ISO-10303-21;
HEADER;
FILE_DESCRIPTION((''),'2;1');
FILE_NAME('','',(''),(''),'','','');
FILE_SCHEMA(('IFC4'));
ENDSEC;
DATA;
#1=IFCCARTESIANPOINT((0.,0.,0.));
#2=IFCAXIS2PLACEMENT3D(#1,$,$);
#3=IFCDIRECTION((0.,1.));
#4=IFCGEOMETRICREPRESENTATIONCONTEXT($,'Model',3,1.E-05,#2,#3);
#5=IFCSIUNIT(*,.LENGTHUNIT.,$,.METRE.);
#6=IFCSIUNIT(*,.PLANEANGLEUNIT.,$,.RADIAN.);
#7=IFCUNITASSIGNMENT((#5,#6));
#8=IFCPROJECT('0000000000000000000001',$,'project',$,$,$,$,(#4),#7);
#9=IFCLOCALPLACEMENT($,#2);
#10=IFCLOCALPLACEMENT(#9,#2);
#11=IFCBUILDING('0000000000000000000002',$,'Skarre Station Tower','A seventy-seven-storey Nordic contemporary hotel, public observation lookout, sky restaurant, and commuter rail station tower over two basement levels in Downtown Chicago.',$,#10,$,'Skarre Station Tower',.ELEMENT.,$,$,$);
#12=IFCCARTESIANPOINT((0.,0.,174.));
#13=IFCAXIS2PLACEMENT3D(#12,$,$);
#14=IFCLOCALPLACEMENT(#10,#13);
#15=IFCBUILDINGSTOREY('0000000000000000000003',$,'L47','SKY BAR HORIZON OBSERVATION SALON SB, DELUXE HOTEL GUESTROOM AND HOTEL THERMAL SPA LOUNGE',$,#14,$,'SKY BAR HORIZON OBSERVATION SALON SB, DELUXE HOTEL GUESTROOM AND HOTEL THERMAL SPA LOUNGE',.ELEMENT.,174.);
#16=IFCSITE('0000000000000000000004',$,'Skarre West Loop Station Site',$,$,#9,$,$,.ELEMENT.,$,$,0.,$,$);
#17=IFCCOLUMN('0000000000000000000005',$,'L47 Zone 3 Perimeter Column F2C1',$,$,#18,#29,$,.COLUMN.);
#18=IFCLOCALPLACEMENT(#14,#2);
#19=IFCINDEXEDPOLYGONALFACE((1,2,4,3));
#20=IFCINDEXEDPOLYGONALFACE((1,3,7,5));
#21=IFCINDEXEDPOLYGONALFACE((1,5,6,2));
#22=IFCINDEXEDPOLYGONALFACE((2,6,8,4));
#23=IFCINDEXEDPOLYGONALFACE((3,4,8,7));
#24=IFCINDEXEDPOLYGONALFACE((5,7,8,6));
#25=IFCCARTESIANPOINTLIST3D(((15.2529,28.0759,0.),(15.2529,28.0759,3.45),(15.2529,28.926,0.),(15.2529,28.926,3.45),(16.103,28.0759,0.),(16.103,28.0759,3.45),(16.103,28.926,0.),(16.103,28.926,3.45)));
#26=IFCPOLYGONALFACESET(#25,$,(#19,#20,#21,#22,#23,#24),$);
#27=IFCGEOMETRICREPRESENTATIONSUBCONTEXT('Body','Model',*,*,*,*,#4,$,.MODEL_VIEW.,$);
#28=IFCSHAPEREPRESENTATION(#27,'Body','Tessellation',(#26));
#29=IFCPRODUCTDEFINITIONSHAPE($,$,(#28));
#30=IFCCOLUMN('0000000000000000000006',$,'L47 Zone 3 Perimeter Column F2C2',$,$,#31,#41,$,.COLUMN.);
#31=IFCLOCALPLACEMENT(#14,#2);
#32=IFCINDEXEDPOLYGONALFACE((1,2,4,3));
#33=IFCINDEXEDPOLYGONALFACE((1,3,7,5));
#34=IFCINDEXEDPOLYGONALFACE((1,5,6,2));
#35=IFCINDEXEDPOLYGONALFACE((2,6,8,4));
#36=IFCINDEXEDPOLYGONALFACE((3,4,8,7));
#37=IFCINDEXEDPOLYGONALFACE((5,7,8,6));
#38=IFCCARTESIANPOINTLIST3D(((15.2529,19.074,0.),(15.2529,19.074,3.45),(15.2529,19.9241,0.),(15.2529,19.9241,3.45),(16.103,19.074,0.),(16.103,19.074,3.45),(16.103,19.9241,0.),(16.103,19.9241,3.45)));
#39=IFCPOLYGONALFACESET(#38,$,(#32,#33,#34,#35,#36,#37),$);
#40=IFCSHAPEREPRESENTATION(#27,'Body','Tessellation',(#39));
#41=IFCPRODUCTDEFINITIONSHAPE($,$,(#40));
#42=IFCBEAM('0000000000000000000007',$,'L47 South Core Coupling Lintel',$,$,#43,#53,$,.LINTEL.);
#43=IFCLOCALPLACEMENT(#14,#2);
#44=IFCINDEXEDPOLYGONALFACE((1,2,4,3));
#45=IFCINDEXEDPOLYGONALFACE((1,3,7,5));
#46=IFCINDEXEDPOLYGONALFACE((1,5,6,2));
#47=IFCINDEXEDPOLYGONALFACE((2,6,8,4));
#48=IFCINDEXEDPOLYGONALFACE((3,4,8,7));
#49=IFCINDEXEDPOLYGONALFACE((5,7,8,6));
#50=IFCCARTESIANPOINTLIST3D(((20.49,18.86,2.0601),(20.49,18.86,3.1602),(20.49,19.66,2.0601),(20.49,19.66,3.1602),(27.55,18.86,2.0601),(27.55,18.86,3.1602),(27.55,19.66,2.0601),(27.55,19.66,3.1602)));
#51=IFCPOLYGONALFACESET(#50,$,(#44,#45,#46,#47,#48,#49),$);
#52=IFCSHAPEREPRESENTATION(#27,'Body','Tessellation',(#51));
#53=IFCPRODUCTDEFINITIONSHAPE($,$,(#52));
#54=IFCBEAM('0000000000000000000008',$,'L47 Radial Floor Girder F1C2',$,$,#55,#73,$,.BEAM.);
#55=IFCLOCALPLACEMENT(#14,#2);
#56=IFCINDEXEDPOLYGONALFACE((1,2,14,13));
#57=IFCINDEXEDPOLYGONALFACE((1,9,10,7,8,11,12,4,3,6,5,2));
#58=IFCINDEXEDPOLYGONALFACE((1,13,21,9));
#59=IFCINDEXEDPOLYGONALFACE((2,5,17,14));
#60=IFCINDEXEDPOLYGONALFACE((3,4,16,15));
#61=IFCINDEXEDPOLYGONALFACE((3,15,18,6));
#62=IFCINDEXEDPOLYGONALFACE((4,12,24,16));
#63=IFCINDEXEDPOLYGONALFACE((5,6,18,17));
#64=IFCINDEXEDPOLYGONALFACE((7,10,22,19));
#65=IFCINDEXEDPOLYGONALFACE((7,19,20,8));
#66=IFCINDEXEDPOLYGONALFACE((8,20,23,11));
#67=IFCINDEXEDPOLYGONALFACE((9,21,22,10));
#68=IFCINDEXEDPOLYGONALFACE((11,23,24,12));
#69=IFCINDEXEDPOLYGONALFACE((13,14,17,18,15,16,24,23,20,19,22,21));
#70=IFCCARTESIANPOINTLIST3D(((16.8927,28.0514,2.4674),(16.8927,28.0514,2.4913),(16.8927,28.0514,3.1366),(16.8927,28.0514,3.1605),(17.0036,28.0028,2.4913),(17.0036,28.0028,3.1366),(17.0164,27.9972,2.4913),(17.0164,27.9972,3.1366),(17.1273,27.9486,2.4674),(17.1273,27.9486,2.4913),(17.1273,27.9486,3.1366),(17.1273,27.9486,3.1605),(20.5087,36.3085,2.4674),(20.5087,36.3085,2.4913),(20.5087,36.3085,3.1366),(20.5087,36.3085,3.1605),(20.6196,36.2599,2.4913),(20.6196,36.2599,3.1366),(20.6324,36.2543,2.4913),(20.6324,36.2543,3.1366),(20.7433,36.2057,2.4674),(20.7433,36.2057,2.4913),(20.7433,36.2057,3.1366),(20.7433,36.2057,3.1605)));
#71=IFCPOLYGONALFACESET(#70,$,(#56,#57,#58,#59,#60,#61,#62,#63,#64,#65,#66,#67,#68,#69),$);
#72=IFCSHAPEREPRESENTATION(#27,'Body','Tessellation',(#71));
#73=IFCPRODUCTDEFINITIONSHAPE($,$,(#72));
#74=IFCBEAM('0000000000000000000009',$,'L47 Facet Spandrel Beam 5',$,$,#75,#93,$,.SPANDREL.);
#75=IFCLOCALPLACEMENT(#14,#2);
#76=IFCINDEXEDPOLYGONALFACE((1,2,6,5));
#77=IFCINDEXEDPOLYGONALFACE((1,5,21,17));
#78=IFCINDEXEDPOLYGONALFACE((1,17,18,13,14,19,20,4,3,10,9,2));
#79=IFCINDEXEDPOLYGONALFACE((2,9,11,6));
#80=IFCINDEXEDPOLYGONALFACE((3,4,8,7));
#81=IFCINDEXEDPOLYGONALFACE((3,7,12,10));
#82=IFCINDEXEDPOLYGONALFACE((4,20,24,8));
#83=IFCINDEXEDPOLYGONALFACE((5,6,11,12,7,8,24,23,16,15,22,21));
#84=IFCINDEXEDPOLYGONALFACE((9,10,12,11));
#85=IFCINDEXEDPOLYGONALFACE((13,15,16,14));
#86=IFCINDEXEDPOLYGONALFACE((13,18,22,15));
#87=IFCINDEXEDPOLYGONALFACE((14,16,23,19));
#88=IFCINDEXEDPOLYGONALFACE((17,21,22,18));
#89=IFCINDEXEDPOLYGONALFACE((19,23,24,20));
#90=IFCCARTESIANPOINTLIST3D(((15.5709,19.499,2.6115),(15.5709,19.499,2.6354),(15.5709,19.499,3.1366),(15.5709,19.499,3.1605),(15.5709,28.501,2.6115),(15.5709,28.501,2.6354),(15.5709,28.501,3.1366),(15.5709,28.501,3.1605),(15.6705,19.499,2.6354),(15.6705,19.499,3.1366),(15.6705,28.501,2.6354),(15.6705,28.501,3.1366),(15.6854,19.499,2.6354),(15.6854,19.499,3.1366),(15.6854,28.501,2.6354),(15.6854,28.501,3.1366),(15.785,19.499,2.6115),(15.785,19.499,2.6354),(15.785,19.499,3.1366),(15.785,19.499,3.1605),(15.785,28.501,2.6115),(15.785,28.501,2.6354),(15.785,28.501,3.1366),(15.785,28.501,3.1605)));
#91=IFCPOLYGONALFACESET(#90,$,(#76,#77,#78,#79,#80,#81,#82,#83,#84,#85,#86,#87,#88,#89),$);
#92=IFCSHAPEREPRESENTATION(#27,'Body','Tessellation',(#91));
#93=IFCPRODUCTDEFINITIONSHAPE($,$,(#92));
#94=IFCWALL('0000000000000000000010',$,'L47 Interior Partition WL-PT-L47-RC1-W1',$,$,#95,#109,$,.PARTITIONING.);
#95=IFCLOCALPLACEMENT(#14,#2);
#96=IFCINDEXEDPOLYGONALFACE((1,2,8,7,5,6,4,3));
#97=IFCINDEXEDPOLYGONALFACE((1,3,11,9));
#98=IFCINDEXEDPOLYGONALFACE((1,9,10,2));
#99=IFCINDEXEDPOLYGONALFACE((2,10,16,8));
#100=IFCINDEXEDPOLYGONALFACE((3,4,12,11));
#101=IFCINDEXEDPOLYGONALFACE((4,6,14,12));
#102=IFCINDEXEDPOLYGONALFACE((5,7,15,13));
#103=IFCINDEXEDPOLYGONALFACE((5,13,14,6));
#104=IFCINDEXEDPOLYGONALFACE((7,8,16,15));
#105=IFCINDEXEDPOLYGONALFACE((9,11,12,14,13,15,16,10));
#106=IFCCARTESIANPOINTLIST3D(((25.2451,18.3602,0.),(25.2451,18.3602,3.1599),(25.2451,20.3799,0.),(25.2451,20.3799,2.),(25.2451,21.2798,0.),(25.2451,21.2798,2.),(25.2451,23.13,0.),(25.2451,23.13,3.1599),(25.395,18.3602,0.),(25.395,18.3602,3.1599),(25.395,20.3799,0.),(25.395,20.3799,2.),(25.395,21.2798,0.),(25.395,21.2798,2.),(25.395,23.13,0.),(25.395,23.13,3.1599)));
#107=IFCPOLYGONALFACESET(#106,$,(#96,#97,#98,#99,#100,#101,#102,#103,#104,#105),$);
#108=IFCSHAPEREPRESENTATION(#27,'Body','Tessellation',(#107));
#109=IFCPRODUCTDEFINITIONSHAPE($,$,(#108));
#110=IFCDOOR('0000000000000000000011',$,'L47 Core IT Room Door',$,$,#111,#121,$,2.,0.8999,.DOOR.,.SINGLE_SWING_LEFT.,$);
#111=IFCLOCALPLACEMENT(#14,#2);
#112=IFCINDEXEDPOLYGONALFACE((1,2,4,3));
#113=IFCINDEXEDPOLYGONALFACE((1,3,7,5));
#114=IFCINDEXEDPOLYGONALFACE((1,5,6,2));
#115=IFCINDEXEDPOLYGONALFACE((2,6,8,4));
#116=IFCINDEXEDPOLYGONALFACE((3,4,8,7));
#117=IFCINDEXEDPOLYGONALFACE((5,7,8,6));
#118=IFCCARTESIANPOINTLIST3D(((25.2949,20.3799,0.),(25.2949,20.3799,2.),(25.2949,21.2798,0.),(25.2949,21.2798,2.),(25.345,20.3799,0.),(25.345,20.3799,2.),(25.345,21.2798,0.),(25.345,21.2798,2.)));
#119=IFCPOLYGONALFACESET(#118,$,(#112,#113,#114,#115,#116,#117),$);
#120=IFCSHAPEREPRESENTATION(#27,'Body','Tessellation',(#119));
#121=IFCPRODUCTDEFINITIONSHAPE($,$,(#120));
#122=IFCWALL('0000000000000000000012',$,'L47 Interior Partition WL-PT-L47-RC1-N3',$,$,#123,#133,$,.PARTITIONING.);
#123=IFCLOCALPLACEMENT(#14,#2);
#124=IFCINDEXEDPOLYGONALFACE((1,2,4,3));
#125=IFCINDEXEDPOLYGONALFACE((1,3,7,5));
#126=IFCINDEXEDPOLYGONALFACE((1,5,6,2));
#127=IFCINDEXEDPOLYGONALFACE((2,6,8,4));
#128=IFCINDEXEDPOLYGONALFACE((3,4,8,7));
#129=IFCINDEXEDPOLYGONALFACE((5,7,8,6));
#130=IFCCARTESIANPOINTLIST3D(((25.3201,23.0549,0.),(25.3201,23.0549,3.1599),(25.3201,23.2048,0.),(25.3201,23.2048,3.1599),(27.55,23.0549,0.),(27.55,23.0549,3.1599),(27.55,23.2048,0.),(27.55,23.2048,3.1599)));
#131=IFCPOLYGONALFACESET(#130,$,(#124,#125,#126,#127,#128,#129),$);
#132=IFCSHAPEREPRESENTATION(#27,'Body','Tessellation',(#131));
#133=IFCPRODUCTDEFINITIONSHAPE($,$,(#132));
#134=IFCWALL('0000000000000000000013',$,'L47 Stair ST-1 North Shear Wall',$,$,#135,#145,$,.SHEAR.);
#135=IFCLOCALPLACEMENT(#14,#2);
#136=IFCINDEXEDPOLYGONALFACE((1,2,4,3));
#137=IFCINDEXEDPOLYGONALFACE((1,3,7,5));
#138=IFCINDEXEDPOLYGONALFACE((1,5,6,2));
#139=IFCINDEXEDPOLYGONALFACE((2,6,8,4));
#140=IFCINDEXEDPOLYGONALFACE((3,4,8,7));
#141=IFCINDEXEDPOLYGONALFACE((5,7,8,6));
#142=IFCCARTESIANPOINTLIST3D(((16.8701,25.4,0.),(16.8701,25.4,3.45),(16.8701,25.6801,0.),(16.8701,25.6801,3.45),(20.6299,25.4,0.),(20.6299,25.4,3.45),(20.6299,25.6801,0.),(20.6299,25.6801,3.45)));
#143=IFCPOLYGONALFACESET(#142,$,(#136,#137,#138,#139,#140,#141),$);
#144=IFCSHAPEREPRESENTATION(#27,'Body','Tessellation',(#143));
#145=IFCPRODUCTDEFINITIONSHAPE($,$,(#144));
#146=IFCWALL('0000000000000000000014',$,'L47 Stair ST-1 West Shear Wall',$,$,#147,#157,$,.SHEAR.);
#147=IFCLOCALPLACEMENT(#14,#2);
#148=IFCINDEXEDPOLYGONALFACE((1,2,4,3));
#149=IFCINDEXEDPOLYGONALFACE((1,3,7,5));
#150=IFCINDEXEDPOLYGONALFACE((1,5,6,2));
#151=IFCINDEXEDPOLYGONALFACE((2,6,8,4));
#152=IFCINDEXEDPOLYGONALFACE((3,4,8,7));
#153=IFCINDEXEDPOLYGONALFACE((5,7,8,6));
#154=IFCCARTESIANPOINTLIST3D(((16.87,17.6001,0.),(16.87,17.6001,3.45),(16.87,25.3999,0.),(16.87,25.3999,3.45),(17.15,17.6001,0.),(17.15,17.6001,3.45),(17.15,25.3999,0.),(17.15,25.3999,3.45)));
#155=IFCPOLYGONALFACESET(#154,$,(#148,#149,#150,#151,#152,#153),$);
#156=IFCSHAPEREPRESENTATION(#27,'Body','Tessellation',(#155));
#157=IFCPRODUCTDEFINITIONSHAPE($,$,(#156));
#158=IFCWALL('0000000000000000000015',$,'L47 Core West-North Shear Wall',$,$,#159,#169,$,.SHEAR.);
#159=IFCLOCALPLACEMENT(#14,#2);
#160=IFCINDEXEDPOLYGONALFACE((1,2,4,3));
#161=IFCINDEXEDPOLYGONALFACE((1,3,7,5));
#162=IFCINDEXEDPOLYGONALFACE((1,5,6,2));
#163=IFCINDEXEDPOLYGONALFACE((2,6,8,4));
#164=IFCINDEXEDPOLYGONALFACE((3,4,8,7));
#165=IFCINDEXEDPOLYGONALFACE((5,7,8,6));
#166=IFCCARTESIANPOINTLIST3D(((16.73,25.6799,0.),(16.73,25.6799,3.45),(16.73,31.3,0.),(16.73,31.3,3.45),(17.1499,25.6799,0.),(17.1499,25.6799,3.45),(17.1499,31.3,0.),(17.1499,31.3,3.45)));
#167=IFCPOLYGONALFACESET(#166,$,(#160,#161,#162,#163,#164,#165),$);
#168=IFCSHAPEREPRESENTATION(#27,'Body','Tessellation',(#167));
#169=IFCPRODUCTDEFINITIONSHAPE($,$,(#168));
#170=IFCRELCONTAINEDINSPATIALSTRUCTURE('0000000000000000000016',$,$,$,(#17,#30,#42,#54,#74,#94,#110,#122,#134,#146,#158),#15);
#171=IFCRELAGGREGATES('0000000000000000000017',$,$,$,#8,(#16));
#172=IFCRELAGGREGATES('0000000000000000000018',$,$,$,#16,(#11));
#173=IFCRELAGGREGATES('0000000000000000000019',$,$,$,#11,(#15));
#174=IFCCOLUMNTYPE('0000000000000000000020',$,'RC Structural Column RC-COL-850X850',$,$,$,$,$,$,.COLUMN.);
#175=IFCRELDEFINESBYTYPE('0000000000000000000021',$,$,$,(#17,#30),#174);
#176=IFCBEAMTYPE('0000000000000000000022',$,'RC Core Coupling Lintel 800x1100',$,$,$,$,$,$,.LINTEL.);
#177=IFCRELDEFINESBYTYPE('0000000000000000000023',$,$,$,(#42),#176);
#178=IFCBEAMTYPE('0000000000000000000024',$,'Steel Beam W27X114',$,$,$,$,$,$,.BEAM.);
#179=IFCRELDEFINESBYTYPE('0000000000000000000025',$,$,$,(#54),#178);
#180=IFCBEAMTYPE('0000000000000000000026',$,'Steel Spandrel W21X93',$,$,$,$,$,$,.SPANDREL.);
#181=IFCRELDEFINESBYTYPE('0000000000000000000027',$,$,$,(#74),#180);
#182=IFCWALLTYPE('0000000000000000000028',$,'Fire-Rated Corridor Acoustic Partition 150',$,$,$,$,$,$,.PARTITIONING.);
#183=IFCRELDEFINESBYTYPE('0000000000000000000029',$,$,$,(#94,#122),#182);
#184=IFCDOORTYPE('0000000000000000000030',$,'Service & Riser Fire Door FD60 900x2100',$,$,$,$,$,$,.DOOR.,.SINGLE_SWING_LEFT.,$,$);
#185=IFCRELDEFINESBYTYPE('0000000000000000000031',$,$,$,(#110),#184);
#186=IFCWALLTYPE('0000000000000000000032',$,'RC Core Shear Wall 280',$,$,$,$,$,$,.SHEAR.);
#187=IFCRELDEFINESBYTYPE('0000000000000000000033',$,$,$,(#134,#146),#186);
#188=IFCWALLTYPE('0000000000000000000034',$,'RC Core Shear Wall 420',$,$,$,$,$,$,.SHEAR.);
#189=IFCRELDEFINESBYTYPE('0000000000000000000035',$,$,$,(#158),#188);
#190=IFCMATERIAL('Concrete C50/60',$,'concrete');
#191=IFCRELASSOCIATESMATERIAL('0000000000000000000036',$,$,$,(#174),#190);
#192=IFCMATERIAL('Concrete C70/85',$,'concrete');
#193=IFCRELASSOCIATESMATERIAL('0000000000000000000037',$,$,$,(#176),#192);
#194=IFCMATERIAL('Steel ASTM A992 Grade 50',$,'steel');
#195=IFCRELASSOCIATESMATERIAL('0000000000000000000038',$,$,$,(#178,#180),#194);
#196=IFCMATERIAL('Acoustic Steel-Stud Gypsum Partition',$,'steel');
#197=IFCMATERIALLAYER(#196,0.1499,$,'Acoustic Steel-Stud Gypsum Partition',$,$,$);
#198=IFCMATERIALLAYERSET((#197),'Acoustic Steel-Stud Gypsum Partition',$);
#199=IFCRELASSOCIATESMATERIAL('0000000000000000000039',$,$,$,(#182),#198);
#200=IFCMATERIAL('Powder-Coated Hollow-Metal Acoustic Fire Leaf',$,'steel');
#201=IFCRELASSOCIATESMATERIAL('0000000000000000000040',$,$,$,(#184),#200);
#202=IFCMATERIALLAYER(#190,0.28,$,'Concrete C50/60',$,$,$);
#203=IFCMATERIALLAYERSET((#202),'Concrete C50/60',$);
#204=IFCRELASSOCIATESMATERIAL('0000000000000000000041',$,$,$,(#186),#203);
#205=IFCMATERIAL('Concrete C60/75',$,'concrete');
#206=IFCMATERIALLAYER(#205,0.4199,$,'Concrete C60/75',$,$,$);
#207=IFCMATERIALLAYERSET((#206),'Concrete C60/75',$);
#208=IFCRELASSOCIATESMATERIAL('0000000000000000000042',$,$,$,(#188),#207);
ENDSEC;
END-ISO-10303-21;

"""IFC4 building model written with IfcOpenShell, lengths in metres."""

from ifc_helpers import new_model, si_unit, direction, frame, frame_2d, origin, origin_2d, place, context, subcontext, project, spatial, rectangle, i_section, extrude, material, layer, layer_set, material_profile, profile_set, type_object, element, fill, save


model = new_model("IFC4")

# Units and contexts
model_context = context("Model", 3, precision=1e-05, world=origin(), true_north=direction((0.0, 1.0)))
body_context = subcontext(model_context, "Body", "Model", "MODEL_VIEW")
ifc_project = project(units=[si_unit("LENGTHUNIT", "METRE"), si_unit("PLANEANGLEUNIT", "RADIAN")], contexts=[model_context])

# Site, building, storey
site_placement = place(None, origin())
site = spatial("IfcSite", under=ifc_project, at=site_placement, Name="Skarre West Loop Station Site", CompositionType="ELEMENT", RefElevation=0.0)
building_placement = place(site_placement, origin())
building = spatial("IfcBuilding", under=site, at=building_placement, Name="Skarre Station Tower", Description="A seventy-seven-storey Nordic contemporary hotel, public observation lookout, sky restaurant, and commuter rail station tower over two basement levels in Downtown Chicago.", LongName="Skarre Station Tower", CompositionType="ELEMENT")
storey_placement = place(building_placement, frame((0.0, 0.0, 174.0)))
storey = spatial("IfcBuildingStorey", under=building, at=storey_placement, Name="L47", Description="SKY BAR HORIZON OBSERVATION SALON SB, DELUXE HOTEL GUESTROOM AND HOTEL THERMAL SPA LOUNGE", LongName="SKY BAR HORIZON OBSERVATION SALON SB, DELUXE HOTEL GUESTROOM AND HOTEL THERMAL SPA LOUNGE", CompositionType="ELEMENT", Elevation=174.0)

# Columns
ifc_material_1 = material(Name="Concrete C50/60", Category="concrete")
ifc_material_profile_1 = material_profile(ifc_material_1, rectangle(XDim=0.8501, YDim=0.8501, at=origin_2d()), Name="Concrete C50/60")
ifc_profile_set_1 = profile_set([ifc_material_profile_1], Name="Concrete C50/60")
column_type = type_object("IfcColumnType", Name="RC Structural Column RC-COL-850X850", PredefinedType="COLUMN", material=ifc_profile_set_1)
for number, where, z_axis, x_axis, name in (
    (1, (15.678, 28.501, 0.0), (0.0, 0.0, 1.0), (1.0, 0.0, 0.0), "L47 Zone 3 Perimeter Column F2C1"),
    (2, (15.678, 19.499, 0.0), (0.0, 0.0, 1.0), (1.0, 0.0, 0.0), "L47 Zone 3 Perimeter Column F2C2"),
):
    element("IfcColumn", number, at=place(storey_placement, frame(where, z_axis=z_axis, x_axis=x_axis)), inside=storey, type_object=column_type, Name=name, PredefinedType="COLUMN", context=body_context, shape_type="SweptSolid", body=[
        extrude(rectangle(XDim=0.8501, YDim=0.8501, at=origin_2d()), origin(), (0.0, 0.0, 1.0), 3.45),
    ])

# Beams
ifc_material_2 = material(Name="Concrete C70/85", Category="concrete")
ifc_material_profile_2 = material_profile(ifc_material_2, rectangle(XDim=0.8, YDim=1.1001, at=origin_2d()), Name="Concrete C70/85")
ifc_profile_set_2 = profile_set([ifc_material_profile_2], Name="Concrete C70/85")
beam_type_1 = type_object("IfcBeamType", Name="RC Core Coupling Lintel 800x1100", PredefinedType="LINTEL", material=ifc_profile_set_2)
beam_1_placement = place(storey_placement, frame((20.49, 19.26, 2.6101), z_axis=(1.0, 0.0, 0.0), x_axis=(0.0, 1.0, 0.0)))
element("IfcBeam", 3, at=beam_1_placement, inside=storey, type_object=beam_type_1, Name="L47 South Core Coupling Lintel", PredefinedType="LINTEL", context=body_context, shape_type="SweptSolid", body=[
    extrude(rectangle(XDim=0.8, YDim=1.1001, at=origin_2d()), origin(), (0.0, 0.0, 1.0), 7.0601),
])
ifc_material_3 = material(Name="Steel ASTM A992 Grade 50", Category="steel")
ifc_material_profile_3 = material_profile(ifc_material_3, i_section(OverallWidth=0.2561, OverallDepth=0.6931, WebThickness=0.0139, FlangeThickness=0.0239, at=origin_2d()), Name="Steel ASTM A992 Grade 50")
ifc_profile_set_3 = profile_set([ifc_material_profile_3], Name="Steel ASTM A992 Grade 50")
beam_type_2 = type_object("IfcBeamType", Name="Steel Beam W27X114", PredefinedType="BEAM", material=ifc_profile_set_3)
beam_2_placement = place(storey_placement, frame((17.01, 28.0, 2.814), z_axis=(0.401144, 0.916015, 0.0), x_axis=(-0.916015, 0.401144, 0.0)))
element("IfcBeam", 4, at=beam_2_placement, inside=storey, type_object=beam_type_2, Name="L47 Radial Floor Girder F1C2", PredefinedType="BEAM", context=body_context, shape_type="SweptSolid", body=[
    extrude(i_section(OverallWidth=0.2561, OverallDepth=0.6931, WebThickness=0.0139, FlangeThickness=0.0239, at=origin_2d()), origin(), (0.0, 0.0, 1.0), 9.0142),
])
ifc_material_profile_4 = material_profile(ifc_material_3, i_section(OverallWidth=0.2141, OverallDepth=0.5491, WebThickness=0.0149, FlangeThickness=0.0239, at=origin_2d()), Name="Steel ASTM A992 Grade 50")
ifc_profile_set_4 = profile_set([ifc_material_profile_4], Name="Steel ASTM A992 Grade 50")
beam_type_3 = type_object("IfcBeamType", Name="Steel Spandrel W21X93", PredefinedType="SPANDREL", material=ifc_profile_set_4)
beam_3_placement = place(storey_placement, frame((15.678, 28.501, 2.886), z_axis=(0.0, -1.0, 0.0), x_axis=(1.0, 0.0, 0.0)))
element("IfcBeam", 5, at=beam_3_placement, inside=storey, type_object=beam_type_3, Name="L47 Facet Spandrel Beam 5", PredefinedType="SPANDREL", context=body_context, shape_type="SweptSolid", body=[
    extrude(i_section(OverallWidth=0.2141, OverallDepth=0.5491, WebThickness=0.0149, FlangeThickness=0.0239, at=origin_2d()), origin(), (0.0, 0.0, 1.0), 9.002),
])

# Wall, opening, door
ifc_material_4 = material(Name="Acoustic Steel-Stud Gypsum Partition", Category="steel")
ifc_layer_1 = layer(ifc_material_4, 0.1499, Name="Acoustic Steel-Stud Gypsum Partition")
ifc_layer_set_1 = layer_set([ifc_layer_1], Name="Acoustic Steel-Stud Gypsum Partition")
wall_type_1 = type_object("IfcWallType", Name="Fire-Rated Corridor Acoustic Partition 150", PredefinedType="PARTITIONING", material=ifc_layer_set_1)
wall_1_placement = place(storey_placement, frame((25.3201, 23.1299, 0.0), z_axis=(0.0, 0.0, 1.0), x_axis=(0.0, -1.0, 0.0)))
wall_1 = element("IfcWall", 6, at=wall_1_placement, inside=storey, type_object=wall_type_1, Name="L47 Interior Partition WL-PT-L47-RC1-W1", PredefinedType="PARTITIONING", context=body_context, shape_type="SweptSolid", body=[
    extrude(rectangle(XDim=4.7698, YDim=0.1499, at=frame_2d((2.3848, 0.0))), origin(), (0.0, 0.0, 1.0), 3.1599),
])
opening_1_placement = place(wall_1_placement, frame((1.8501, 0.0, 0.0)))
opening_1 = element("IfcOpeningElement", 7, at=opening_1_placement, cuts=wall_1, PredefinedType="OPENING", context=body_context, shape_type="SweptSolid", body=[
    extrude(rectangle(XDim=0.8999, YDim=2.0, at=frame_2d((0.45, 1.0))), frame((0.0, 0.085, 0.0), z_axis=(0.0, -1.0, 0.0), x_axis=(1.0, 0.0, 0.0)), (0.0, 0.0, 1.0), 0.1699),
])
ifc_material_5 = material(Name="Powder-Coated Hollow-Metal Acoustic Fire Leaf", Category="steel")
door_type_1 = type_object("IfcDoorType", Name="Service & Riser Fire Door FD60 900x2100", OperationType="SINGLE_SWING_LEFT", PredefinedType="DOOR", material=ifc_material_5)
door_1_placement = place(opening_1_placement, origin())
door_1 = element("IfcDoor", 8, at=door_1_placement, inside=storey, type_object=door_type_1, Name="L47 Core IT Room Door", OperationType="SINGLE_SWING_LEFT", OverallHeight=2.0, OverallWidth=0.8999, PredefinedType="DOOR", context=body_context, shape_type="SweptSolid", body=[
    extrude(rectangle(XDim=0.8999, YDim=2.0, at=frame_2d((0.45, 1.0))), frame((0.0, 0.0249, 0.0), z_axis=(0.0, -1.0, 0.0), x_axis=(1.0, 0.0, 0.0)), (0.0, 0.0, 1.0), 0.05),
])
fill(opening_1, door_1)

# Walls
wall_2_placement = place(storey_placement, frame((25.3201, 23.1299, 0.0), z_axis=(0.0, 0.0, 1.0), x_axis=(1.0, 0.0, 0.0)))
element("IfcWall", 9, at=wall_2_placement, inside=storey, type_object=wall_type_1, Name="L47 Interior Partition WL-PT-L47-RC1-N3", PredefinedType="PARTITIONING", context=body_context, shape_type="SweptSolid", body=[
    extrude(rectangle(XDim=2.23, YDim=0.1499, at=frame_2d((1.115, 0.0))), origin(), (0.0, 0.0, 1.0), 3.1599),
])
ifc_layer_2 = layer(ifc_material_1, 0.28, Name="Concrete C50/60")
ifc_layer_set_2 = layer_set([ifc_layer_2], Name="Concrete C50/60")
wall_type_2 = type_object("IfcWallType", Name="RC Core Shear Wall 280", PredefinedType="SHEAR", material=ifc_layer_set_2)
wall_3_placement = place(storey_placement, frame((20.6299, 25.54, 0.0), z_axis=(0.0, 0.0, 1.0), x_axis=(-1.0, 0.0, 0.0)))
element("IfcWall", 10, at=wall_3_placement, inside=storey, type_object=wall_type_2, Name="L47 Stair ST-1 North Shear Wall", PredefinedType="SHEAR", context=body_context, shape_type="SweptSolid", body=[
    extrude(rectangle(XDim=3.7598, YDim=0.28, at=frame_2d((1.8799, 0.0))), origin(), (0.0, 0.0, 1.0), 3.45),
])
wall_4_placement = place(storey_placement, frame((17.01, 25.3999, 0.0), z_axis=(0.0, 0.0, 1.0), x_axis=(0.0, -1.0, 0.0)))
element("IfcWall", 11, at=wall_4_placement, inside=storey, type_object=wall_type_2, Name="L47 Stair ST-1 West Shear Wall", PredefinedType="SHEAR", context=body_context, shape_type="SweptSolid", body=[
    extrude(rectangle(XDim=7.7998, YDim=0.28, at=frame_2d((3.8999, 0.0))), origin(), (0.0, 0.0, 1.0), 3.45),
])
ifc_material_6 = material(Name="Concrete C60/75", Category="concrete")
ifc_layer_3 = layer(ifc_material_6, 0.4199, Name="Concrete C60/75")
ifc_layer_set_3 = layer_set([ifc_layer_3], Name="Concrete C60/75")
wall_type_3 = type_object("IfcWallType", Name="RC Core Shear Wall 420", PredefinedType="SHEAR", material=ifc_layer_set_3)
wall_5_placement = place(storey_placement, frame((16.9399, 25.6799, 0.0), z_axis=(0.0, 0.0, 1.0), x_axis=(0.0, 1.0, 0.0)))
element("IfcWall", 12, at=wall_5_placement, inside=storey, type_object=wall_type_3, Name="L47 Core West-North Shear Wall", PredefinedType="SHEAR", context=body_context, shape_type="SweptSolid", body=[
    extrude(rectangle(XDim=5.6201, YDim=0.4199, at=frame_2d((2.8101, 0.0))), origin(), (0.0, 0.0, 1.0), 3.45),
])

save(model, "model.ifc")
